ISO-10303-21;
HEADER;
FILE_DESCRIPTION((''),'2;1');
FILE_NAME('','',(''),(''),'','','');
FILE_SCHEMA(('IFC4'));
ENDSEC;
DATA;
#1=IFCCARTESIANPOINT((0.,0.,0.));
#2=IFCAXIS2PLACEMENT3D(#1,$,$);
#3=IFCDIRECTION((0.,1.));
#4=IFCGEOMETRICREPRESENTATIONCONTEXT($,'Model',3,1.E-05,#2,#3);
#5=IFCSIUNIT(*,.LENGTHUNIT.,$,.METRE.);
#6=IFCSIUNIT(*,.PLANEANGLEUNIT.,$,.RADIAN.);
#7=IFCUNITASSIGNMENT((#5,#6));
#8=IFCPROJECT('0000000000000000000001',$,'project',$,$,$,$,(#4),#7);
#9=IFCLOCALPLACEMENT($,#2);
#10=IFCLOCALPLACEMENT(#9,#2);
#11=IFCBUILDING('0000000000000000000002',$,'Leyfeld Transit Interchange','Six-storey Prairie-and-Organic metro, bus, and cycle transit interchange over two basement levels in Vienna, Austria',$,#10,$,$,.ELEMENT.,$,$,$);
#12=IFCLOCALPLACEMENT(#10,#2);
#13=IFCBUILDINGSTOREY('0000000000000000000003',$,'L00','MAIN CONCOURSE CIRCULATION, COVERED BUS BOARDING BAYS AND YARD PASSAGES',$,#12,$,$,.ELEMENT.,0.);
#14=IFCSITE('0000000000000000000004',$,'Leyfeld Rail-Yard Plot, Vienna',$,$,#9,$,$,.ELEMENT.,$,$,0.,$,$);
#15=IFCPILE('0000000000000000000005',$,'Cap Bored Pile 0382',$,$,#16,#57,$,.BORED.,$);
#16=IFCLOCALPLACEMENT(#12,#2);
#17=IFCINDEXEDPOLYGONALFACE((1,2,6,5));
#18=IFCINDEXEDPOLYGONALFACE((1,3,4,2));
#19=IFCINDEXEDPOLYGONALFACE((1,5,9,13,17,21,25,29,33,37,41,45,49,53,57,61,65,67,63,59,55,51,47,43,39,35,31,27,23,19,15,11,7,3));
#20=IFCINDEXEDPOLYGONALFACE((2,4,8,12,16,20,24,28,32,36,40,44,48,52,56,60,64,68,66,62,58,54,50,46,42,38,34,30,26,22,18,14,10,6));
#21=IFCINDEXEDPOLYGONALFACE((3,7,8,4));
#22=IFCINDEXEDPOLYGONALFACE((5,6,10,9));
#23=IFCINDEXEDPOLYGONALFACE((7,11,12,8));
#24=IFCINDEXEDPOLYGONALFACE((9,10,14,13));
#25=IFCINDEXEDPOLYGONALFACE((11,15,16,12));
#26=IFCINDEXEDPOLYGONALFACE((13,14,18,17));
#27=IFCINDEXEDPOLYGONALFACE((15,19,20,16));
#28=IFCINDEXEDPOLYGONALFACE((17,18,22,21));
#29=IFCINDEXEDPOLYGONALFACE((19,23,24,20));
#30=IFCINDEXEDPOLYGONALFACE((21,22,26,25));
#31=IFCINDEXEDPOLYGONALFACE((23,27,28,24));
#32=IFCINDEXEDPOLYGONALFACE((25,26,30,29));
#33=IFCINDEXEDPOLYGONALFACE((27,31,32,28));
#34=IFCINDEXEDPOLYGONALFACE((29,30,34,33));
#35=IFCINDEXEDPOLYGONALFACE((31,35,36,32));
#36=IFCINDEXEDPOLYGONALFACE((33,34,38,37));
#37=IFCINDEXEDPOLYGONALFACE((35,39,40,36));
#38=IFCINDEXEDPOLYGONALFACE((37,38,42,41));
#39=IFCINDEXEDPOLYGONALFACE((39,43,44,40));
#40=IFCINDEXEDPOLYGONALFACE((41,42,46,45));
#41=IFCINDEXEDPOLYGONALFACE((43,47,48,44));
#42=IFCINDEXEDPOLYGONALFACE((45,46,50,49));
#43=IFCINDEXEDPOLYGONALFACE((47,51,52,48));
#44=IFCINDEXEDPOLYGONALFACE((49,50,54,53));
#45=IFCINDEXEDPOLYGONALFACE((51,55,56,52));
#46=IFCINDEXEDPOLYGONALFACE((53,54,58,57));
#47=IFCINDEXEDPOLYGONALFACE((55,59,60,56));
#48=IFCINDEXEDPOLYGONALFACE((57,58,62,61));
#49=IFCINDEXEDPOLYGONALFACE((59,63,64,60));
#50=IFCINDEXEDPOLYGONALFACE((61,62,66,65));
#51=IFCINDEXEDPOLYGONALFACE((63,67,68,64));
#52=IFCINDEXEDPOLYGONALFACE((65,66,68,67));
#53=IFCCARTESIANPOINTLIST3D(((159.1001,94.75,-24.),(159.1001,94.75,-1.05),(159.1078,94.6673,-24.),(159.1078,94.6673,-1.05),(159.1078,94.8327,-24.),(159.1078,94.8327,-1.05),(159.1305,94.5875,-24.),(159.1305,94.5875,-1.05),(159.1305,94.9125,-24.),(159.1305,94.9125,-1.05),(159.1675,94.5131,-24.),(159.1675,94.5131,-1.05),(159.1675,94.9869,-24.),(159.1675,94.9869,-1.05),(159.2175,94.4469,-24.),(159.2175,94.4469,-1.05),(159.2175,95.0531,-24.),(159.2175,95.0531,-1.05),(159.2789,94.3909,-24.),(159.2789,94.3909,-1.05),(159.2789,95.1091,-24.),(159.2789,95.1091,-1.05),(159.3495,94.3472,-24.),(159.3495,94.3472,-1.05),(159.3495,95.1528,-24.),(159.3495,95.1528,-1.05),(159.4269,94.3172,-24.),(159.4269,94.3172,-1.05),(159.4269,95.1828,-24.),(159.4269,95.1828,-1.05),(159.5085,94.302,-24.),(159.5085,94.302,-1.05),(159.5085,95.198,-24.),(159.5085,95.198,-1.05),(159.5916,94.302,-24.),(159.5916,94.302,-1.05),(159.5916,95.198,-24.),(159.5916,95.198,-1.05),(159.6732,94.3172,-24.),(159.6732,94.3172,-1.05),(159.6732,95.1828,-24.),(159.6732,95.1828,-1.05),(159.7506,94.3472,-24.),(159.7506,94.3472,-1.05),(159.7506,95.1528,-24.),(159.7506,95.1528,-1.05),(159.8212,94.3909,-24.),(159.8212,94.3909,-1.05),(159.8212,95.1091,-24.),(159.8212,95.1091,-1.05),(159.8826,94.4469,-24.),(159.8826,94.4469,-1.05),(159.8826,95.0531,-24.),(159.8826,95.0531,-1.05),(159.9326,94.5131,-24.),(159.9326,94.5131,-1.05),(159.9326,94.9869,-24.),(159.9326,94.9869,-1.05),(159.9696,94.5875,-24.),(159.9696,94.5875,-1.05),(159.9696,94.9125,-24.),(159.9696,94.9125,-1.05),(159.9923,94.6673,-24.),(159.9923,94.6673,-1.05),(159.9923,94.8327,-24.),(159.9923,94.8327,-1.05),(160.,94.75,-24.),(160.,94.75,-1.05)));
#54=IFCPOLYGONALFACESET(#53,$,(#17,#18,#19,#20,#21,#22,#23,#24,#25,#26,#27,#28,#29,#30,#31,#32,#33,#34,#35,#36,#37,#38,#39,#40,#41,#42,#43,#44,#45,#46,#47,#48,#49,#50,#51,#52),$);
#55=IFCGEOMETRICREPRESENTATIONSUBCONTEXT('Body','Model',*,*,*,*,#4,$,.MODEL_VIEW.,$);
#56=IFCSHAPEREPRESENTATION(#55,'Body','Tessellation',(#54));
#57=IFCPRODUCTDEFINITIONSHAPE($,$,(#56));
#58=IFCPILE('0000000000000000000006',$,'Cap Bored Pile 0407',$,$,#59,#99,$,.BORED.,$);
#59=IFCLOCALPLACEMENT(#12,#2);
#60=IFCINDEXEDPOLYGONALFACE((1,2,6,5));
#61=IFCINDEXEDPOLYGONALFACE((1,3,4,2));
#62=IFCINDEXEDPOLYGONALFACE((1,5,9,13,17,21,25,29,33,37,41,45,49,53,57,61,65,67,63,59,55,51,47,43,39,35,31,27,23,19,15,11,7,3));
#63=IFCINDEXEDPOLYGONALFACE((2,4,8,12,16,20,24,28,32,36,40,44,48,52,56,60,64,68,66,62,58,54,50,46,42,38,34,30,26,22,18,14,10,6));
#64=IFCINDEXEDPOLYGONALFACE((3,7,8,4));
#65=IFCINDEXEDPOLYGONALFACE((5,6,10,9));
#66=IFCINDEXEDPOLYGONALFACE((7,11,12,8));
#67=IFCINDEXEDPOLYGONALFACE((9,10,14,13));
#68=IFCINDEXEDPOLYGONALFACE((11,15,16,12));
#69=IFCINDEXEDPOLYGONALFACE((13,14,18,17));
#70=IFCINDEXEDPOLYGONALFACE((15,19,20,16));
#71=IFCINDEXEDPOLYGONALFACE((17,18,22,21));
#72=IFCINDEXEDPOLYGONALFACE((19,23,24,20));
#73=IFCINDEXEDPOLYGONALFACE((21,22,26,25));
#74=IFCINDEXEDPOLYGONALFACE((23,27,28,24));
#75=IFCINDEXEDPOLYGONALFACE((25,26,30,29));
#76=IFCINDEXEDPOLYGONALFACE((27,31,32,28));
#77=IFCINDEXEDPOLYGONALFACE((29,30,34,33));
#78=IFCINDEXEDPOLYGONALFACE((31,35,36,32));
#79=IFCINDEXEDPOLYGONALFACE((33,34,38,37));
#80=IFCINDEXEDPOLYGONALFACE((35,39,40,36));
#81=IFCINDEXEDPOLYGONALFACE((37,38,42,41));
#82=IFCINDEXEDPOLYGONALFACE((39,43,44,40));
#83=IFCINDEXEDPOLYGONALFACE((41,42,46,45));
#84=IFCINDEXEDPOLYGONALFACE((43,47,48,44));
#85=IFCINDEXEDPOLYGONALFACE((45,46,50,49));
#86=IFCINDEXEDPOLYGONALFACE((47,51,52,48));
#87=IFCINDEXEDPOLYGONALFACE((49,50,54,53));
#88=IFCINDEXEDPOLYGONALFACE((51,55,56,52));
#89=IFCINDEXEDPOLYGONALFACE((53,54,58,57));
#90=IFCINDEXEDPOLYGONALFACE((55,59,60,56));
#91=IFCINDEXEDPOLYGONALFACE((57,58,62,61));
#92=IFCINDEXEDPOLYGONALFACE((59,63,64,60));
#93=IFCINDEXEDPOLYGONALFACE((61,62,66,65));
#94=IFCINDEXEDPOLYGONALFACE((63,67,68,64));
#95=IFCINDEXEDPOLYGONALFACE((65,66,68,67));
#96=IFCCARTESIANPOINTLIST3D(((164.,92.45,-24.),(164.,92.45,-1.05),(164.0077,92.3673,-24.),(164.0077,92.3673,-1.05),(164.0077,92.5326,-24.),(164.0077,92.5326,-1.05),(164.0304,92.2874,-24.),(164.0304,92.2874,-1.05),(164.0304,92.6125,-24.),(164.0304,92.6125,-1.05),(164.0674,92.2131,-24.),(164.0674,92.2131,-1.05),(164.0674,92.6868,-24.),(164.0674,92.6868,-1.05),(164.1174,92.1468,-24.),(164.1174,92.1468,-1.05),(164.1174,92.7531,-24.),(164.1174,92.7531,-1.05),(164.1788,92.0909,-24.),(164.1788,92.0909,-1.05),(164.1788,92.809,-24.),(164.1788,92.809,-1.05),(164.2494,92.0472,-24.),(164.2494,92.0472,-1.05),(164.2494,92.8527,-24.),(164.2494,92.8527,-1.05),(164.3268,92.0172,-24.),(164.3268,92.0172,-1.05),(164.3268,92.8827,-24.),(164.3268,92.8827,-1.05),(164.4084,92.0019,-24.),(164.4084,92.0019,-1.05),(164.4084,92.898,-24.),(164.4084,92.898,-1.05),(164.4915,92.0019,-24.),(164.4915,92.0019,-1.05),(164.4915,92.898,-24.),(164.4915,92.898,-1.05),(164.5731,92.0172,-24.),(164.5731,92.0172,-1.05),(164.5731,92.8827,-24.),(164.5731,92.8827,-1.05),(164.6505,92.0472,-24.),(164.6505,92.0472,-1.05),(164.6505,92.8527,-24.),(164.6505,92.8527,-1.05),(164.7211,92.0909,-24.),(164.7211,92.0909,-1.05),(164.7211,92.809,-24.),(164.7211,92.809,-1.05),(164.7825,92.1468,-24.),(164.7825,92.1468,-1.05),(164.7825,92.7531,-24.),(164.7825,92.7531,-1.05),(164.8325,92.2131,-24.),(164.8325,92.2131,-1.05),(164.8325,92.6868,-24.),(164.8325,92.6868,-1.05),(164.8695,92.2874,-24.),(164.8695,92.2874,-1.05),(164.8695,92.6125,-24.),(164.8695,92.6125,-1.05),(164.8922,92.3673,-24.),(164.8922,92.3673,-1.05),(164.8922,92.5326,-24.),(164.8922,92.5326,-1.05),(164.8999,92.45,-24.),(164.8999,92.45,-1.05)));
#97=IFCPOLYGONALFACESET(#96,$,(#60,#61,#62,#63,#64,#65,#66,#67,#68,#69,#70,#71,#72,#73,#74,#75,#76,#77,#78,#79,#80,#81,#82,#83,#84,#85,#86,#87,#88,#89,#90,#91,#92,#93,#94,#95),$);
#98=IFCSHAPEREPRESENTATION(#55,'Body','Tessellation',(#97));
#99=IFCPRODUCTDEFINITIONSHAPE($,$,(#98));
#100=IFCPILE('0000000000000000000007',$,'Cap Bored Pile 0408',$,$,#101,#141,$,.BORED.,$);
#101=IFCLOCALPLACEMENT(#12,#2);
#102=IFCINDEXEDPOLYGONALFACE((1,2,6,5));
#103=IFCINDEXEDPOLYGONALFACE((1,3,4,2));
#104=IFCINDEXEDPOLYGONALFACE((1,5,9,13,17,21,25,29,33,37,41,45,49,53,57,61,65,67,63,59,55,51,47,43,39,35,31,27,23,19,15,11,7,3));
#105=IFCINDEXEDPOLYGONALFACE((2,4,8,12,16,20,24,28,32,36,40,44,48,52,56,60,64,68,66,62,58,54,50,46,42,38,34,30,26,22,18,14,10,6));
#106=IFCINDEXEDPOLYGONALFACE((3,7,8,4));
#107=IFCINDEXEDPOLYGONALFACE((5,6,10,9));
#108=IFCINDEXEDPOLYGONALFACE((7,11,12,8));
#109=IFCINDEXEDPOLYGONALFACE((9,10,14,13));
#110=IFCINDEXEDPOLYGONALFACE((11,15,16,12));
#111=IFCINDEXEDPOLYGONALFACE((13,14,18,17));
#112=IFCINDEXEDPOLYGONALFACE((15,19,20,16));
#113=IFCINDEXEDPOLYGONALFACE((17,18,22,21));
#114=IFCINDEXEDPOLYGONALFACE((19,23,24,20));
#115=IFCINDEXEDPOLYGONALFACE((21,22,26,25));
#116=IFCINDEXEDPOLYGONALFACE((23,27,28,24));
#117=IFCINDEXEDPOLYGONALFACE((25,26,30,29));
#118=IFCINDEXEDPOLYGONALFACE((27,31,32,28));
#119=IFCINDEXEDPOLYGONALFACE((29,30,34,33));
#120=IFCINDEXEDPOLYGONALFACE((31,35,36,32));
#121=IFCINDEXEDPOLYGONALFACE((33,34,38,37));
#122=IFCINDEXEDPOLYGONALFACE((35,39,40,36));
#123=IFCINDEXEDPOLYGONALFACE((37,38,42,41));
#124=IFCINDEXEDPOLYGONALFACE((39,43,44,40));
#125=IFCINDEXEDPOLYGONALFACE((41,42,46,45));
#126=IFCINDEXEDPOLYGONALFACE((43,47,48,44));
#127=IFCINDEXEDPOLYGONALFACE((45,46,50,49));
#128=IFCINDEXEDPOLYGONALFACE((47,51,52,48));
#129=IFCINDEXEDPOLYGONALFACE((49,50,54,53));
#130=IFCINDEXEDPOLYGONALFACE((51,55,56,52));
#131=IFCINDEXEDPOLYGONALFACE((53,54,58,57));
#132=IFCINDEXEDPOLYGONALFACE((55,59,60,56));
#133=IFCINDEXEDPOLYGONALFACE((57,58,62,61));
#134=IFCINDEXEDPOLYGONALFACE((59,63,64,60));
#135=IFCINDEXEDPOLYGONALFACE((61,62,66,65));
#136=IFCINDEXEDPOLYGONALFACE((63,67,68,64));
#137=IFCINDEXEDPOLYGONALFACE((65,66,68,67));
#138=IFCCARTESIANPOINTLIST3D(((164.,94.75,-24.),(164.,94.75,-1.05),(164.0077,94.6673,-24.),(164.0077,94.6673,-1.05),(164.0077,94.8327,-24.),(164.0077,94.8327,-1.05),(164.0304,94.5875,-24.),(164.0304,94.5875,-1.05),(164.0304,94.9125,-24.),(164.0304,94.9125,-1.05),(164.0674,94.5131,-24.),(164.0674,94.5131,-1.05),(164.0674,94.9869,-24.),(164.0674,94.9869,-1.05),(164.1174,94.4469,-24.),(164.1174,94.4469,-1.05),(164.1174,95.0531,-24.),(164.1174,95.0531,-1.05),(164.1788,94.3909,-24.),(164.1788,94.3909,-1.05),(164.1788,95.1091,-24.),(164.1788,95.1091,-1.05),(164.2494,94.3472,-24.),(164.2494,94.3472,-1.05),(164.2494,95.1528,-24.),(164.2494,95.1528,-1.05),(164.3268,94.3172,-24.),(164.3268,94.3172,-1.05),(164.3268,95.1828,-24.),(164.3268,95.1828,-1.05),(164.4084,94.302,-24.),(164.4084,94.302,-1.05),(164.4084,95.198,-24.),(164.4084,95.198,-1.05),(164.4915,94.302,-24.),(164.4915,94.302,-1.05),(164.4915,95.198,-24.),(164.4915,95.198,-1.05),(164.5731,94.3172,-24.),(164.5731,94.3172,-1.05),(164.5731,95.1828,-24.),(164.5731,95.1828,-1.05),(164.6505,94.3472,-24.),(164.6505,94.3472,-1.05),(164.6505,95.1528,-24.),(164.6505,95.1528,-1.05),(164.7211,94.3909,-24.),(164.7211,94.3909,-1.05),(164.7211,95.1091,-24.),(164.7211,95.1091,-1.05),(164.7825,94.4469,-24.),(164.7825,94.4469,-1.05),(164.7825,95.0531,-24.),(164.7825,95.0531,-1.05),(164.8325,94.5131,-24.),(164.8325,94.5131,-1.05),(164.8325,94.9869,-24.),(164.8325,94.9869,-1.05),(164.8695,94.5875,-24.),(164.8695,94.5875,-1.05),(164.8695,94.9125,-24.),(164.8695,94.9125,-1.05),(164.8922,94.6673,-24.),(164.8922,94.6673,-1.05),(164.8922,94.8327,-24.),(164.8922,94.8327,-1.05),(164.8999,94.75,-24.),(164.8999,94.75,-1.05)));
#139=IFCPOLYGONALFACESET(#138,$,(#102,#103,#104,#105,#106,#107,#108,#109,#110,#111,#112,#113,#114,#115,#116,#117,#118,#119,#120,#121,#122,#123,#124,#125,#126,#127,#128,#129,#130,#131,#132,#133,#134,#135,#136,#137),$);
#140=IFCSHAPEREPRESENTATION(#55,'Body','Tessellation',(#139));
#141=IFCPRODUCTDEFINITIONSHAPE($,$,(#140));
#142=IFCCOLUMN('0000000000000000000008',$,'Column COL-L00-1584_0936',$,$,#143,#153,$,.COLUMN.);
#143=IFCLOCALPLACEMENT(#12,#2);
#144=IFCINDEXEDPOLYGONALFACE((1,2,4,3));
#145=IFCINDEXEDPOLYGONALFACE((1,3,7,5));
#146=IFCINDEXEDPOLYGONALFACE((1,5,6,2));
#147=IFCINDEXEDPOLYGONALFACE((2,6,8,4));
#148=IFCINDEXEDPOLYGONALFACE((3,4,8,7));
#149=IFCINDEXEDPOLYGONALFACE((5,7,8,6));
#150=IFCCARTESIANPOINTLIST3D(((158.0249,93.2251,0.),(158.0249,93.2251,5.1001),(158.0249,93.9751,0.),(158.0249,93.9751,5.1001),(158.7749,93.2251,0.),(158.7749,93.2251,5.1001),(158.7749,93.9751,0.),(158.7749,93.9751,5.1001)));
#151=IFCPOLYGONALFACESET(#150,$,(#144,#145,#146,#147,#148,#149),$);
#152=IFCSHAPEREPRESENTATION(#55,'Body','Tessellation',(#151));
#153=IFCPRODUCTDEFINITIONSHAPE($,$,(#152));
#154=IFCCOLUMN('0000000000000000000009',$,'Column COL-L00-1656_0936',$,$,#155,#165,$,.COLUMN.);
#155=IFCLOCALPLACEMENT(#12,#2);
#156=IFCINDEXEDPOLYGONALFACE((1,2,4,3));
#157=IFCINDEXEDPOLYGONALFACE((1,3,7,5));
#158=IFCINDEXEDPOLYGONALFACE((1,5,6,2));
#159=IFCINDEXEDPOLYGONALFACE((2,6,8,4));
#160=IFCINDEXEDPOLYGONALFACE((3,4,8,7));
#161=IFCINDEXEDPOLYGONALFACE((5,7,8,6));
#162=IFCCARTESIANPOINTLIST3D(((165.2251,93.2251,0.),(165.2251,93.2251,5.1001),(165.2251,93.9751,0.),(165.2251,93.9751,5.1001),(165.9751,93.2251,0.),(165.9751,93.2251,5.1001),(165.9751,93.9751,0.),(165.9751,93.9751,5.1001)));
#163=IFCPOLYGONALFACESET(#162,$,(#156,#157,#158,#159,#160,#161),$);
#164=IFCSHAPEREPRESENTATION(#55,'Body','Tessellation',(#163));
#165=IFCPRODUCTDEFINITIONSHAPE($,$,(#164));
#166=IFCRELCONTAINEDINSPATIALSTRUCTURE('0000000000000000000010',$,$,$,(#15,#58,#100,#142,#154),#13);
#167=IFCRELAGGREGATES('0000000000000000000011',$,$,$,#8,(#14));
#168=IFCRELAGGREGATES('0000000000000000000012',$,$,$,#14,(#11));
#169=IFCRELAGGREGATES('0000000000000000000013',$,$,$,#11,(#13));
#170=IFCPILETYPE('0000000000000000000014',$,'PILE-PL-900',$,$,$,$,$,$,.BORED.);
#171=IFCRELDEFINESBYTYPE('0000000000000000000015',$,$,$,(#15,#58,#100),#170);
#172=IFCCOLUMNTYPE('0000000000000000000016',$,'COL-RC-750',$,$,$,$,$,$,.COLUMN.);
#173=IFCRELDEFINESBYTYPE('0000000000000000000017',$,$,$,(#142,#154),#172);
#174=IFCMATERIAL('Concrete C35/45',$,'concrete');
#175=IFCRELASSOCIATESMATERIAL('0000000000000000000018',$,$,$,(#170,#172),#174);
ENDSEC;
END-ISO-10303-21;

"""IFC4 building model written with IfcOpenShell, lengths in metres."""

from ifc_helpers import new_model, si_unit, direction, frame, origin, origin_2d, place, context, subcontext, project, spatial, rectangle, circle, extrude, material, material_profile, profile_set, type_object, element, save


model = new_model("IFC4")

# Units and contexts
model_context = context("Model", 3, precision=1e-05, world=origin(), true_north=direction((0.0, 1.0)))
body_context = subcontext(model_context, "Body", "Model", "MODEL_VIEW")
ifc_project = project(units=[si_unit("LENGTHUNIT", "METRE"), si_unit("PLANEANGLEUNIT", "RADIAN")], contexts=[model_context])

# Site, building, storey
site_placement = place(None, origin())
site = spatial("IfcSite", under=ifc_project, at=site_placement, Name="Leyfeld Rail-Yard Plot, Vienna", CompositionType="ELEMENT", RefElevation=0.0)
building_placement = place(site_placement, origin())
building = spatial("IfcBuilding", under=site, at=building_placement, Name="Leyfeld Transit Interchange", Description="Six-storey Prairie-and-Organic metro, bus, and cycle transit interchange over two basement levels in Vienna, Austria", CompositionType="ELEMENT")
storey_placement = place(building_placement, origin())
storey = spatial("IfcBuildingStorey", under=building, at=storey_placement, Name="L00", Description="MAIN CONCOURSE CIRCULATION, COVERED BUS BOARDING BAYS AND YARD PASSAGES", CompositionType="ELEMENT", Elevation=0.0)

# Shared definitions
ifc_material_1 = material(Name="Concrete C35/45", Category="concrete")

# Piles
ifc_material_profile_1 = material_profile(ifc_material_1, circle(Radius=0.45, at=origin_2d()), Name="PILE D900")
ifc_profile_set_1 = profile_set([ifc_material_profile_1], Name="Concrete C35/45")
pile_type = type_object("IfcPileType", Name="PILE-PL-900", PredefinedType="BORED", material=ifc_profile_set_1)
for number, where, z_axis, x_axis, name in (
    (1, (159.55, 94.75, -1.05), (0.0, 0.0, -1.0), (1.0, 0.0, 0.0), "Cap Bored Pile 0382"),
    (2, (164.45, 92.45, -1.05), (0.0, 0.0, -1.0), (1.0, 0.0, 0.0), "Cap Bored Pile 0407"),
    (3, (164.45, 94.75, -1.05), (0.0, 0.0, -1.0), (1.0, 0.0, 0.0), "Cap Bored Pile 0408"),
):
    element("IfcPile", number, at=place(storey_placement, frame(where, z_axis=z_axis, x_axis=x_axis)), inside=storey, type_object=pile_type, Name=name, PredefinedType="BORED", context=body_context, shape_type="SweptSolid", body=[
        extrude(circle(Radius=0.45, at=origin_2d()), origin(), (0.0, 0.0, 1.0), 22.95),
    ])

# Columns
ifc_material_profile_2 = material_profile(ifc_material_1, rectangle(XDim=0.75, YDim=0.75, at=origin_2d()), Name="RC 750x750")
ifc_profile_set_2 = profile_set([ifc_material_profile_2], Name="Concrete C35/45")
column_type = type_object("IfcColumnType", Name="COL-RC-750", PredefinedType="COLUMN", material=ifc_profile_set_2)
for number, where, z_axis, x_axis, name in (
    (4, (158.3999, 93.6001, 0.0), (0.0, 0.0, 1.0), (1.0, 0.0, 0.0), "Column COL-L00-1584_0936"),
    (5, (165.6001, 93.6001, 0.0), (0.0, 0.0, 1.0), (1.0, 0.0, 0.0), "Column COL-L00-1656_0936"),
):
    element("IfcColumn", number, at=place(storey_placement, frame(where, z_axis=z_axis, x_axis=x_axis)), inside=storey, type_object=column_type, Name=name, PredefinedType="COLUMN", context=body_context, shape_type="SweptSolid", body=[
        extrude(rectangle(XDim=0.75, YDim=0.75, at=origin_2d()), origin(), (0.0, 0.0, 1.0), 5.1001),
    ])

save(model, "model.ifc")
